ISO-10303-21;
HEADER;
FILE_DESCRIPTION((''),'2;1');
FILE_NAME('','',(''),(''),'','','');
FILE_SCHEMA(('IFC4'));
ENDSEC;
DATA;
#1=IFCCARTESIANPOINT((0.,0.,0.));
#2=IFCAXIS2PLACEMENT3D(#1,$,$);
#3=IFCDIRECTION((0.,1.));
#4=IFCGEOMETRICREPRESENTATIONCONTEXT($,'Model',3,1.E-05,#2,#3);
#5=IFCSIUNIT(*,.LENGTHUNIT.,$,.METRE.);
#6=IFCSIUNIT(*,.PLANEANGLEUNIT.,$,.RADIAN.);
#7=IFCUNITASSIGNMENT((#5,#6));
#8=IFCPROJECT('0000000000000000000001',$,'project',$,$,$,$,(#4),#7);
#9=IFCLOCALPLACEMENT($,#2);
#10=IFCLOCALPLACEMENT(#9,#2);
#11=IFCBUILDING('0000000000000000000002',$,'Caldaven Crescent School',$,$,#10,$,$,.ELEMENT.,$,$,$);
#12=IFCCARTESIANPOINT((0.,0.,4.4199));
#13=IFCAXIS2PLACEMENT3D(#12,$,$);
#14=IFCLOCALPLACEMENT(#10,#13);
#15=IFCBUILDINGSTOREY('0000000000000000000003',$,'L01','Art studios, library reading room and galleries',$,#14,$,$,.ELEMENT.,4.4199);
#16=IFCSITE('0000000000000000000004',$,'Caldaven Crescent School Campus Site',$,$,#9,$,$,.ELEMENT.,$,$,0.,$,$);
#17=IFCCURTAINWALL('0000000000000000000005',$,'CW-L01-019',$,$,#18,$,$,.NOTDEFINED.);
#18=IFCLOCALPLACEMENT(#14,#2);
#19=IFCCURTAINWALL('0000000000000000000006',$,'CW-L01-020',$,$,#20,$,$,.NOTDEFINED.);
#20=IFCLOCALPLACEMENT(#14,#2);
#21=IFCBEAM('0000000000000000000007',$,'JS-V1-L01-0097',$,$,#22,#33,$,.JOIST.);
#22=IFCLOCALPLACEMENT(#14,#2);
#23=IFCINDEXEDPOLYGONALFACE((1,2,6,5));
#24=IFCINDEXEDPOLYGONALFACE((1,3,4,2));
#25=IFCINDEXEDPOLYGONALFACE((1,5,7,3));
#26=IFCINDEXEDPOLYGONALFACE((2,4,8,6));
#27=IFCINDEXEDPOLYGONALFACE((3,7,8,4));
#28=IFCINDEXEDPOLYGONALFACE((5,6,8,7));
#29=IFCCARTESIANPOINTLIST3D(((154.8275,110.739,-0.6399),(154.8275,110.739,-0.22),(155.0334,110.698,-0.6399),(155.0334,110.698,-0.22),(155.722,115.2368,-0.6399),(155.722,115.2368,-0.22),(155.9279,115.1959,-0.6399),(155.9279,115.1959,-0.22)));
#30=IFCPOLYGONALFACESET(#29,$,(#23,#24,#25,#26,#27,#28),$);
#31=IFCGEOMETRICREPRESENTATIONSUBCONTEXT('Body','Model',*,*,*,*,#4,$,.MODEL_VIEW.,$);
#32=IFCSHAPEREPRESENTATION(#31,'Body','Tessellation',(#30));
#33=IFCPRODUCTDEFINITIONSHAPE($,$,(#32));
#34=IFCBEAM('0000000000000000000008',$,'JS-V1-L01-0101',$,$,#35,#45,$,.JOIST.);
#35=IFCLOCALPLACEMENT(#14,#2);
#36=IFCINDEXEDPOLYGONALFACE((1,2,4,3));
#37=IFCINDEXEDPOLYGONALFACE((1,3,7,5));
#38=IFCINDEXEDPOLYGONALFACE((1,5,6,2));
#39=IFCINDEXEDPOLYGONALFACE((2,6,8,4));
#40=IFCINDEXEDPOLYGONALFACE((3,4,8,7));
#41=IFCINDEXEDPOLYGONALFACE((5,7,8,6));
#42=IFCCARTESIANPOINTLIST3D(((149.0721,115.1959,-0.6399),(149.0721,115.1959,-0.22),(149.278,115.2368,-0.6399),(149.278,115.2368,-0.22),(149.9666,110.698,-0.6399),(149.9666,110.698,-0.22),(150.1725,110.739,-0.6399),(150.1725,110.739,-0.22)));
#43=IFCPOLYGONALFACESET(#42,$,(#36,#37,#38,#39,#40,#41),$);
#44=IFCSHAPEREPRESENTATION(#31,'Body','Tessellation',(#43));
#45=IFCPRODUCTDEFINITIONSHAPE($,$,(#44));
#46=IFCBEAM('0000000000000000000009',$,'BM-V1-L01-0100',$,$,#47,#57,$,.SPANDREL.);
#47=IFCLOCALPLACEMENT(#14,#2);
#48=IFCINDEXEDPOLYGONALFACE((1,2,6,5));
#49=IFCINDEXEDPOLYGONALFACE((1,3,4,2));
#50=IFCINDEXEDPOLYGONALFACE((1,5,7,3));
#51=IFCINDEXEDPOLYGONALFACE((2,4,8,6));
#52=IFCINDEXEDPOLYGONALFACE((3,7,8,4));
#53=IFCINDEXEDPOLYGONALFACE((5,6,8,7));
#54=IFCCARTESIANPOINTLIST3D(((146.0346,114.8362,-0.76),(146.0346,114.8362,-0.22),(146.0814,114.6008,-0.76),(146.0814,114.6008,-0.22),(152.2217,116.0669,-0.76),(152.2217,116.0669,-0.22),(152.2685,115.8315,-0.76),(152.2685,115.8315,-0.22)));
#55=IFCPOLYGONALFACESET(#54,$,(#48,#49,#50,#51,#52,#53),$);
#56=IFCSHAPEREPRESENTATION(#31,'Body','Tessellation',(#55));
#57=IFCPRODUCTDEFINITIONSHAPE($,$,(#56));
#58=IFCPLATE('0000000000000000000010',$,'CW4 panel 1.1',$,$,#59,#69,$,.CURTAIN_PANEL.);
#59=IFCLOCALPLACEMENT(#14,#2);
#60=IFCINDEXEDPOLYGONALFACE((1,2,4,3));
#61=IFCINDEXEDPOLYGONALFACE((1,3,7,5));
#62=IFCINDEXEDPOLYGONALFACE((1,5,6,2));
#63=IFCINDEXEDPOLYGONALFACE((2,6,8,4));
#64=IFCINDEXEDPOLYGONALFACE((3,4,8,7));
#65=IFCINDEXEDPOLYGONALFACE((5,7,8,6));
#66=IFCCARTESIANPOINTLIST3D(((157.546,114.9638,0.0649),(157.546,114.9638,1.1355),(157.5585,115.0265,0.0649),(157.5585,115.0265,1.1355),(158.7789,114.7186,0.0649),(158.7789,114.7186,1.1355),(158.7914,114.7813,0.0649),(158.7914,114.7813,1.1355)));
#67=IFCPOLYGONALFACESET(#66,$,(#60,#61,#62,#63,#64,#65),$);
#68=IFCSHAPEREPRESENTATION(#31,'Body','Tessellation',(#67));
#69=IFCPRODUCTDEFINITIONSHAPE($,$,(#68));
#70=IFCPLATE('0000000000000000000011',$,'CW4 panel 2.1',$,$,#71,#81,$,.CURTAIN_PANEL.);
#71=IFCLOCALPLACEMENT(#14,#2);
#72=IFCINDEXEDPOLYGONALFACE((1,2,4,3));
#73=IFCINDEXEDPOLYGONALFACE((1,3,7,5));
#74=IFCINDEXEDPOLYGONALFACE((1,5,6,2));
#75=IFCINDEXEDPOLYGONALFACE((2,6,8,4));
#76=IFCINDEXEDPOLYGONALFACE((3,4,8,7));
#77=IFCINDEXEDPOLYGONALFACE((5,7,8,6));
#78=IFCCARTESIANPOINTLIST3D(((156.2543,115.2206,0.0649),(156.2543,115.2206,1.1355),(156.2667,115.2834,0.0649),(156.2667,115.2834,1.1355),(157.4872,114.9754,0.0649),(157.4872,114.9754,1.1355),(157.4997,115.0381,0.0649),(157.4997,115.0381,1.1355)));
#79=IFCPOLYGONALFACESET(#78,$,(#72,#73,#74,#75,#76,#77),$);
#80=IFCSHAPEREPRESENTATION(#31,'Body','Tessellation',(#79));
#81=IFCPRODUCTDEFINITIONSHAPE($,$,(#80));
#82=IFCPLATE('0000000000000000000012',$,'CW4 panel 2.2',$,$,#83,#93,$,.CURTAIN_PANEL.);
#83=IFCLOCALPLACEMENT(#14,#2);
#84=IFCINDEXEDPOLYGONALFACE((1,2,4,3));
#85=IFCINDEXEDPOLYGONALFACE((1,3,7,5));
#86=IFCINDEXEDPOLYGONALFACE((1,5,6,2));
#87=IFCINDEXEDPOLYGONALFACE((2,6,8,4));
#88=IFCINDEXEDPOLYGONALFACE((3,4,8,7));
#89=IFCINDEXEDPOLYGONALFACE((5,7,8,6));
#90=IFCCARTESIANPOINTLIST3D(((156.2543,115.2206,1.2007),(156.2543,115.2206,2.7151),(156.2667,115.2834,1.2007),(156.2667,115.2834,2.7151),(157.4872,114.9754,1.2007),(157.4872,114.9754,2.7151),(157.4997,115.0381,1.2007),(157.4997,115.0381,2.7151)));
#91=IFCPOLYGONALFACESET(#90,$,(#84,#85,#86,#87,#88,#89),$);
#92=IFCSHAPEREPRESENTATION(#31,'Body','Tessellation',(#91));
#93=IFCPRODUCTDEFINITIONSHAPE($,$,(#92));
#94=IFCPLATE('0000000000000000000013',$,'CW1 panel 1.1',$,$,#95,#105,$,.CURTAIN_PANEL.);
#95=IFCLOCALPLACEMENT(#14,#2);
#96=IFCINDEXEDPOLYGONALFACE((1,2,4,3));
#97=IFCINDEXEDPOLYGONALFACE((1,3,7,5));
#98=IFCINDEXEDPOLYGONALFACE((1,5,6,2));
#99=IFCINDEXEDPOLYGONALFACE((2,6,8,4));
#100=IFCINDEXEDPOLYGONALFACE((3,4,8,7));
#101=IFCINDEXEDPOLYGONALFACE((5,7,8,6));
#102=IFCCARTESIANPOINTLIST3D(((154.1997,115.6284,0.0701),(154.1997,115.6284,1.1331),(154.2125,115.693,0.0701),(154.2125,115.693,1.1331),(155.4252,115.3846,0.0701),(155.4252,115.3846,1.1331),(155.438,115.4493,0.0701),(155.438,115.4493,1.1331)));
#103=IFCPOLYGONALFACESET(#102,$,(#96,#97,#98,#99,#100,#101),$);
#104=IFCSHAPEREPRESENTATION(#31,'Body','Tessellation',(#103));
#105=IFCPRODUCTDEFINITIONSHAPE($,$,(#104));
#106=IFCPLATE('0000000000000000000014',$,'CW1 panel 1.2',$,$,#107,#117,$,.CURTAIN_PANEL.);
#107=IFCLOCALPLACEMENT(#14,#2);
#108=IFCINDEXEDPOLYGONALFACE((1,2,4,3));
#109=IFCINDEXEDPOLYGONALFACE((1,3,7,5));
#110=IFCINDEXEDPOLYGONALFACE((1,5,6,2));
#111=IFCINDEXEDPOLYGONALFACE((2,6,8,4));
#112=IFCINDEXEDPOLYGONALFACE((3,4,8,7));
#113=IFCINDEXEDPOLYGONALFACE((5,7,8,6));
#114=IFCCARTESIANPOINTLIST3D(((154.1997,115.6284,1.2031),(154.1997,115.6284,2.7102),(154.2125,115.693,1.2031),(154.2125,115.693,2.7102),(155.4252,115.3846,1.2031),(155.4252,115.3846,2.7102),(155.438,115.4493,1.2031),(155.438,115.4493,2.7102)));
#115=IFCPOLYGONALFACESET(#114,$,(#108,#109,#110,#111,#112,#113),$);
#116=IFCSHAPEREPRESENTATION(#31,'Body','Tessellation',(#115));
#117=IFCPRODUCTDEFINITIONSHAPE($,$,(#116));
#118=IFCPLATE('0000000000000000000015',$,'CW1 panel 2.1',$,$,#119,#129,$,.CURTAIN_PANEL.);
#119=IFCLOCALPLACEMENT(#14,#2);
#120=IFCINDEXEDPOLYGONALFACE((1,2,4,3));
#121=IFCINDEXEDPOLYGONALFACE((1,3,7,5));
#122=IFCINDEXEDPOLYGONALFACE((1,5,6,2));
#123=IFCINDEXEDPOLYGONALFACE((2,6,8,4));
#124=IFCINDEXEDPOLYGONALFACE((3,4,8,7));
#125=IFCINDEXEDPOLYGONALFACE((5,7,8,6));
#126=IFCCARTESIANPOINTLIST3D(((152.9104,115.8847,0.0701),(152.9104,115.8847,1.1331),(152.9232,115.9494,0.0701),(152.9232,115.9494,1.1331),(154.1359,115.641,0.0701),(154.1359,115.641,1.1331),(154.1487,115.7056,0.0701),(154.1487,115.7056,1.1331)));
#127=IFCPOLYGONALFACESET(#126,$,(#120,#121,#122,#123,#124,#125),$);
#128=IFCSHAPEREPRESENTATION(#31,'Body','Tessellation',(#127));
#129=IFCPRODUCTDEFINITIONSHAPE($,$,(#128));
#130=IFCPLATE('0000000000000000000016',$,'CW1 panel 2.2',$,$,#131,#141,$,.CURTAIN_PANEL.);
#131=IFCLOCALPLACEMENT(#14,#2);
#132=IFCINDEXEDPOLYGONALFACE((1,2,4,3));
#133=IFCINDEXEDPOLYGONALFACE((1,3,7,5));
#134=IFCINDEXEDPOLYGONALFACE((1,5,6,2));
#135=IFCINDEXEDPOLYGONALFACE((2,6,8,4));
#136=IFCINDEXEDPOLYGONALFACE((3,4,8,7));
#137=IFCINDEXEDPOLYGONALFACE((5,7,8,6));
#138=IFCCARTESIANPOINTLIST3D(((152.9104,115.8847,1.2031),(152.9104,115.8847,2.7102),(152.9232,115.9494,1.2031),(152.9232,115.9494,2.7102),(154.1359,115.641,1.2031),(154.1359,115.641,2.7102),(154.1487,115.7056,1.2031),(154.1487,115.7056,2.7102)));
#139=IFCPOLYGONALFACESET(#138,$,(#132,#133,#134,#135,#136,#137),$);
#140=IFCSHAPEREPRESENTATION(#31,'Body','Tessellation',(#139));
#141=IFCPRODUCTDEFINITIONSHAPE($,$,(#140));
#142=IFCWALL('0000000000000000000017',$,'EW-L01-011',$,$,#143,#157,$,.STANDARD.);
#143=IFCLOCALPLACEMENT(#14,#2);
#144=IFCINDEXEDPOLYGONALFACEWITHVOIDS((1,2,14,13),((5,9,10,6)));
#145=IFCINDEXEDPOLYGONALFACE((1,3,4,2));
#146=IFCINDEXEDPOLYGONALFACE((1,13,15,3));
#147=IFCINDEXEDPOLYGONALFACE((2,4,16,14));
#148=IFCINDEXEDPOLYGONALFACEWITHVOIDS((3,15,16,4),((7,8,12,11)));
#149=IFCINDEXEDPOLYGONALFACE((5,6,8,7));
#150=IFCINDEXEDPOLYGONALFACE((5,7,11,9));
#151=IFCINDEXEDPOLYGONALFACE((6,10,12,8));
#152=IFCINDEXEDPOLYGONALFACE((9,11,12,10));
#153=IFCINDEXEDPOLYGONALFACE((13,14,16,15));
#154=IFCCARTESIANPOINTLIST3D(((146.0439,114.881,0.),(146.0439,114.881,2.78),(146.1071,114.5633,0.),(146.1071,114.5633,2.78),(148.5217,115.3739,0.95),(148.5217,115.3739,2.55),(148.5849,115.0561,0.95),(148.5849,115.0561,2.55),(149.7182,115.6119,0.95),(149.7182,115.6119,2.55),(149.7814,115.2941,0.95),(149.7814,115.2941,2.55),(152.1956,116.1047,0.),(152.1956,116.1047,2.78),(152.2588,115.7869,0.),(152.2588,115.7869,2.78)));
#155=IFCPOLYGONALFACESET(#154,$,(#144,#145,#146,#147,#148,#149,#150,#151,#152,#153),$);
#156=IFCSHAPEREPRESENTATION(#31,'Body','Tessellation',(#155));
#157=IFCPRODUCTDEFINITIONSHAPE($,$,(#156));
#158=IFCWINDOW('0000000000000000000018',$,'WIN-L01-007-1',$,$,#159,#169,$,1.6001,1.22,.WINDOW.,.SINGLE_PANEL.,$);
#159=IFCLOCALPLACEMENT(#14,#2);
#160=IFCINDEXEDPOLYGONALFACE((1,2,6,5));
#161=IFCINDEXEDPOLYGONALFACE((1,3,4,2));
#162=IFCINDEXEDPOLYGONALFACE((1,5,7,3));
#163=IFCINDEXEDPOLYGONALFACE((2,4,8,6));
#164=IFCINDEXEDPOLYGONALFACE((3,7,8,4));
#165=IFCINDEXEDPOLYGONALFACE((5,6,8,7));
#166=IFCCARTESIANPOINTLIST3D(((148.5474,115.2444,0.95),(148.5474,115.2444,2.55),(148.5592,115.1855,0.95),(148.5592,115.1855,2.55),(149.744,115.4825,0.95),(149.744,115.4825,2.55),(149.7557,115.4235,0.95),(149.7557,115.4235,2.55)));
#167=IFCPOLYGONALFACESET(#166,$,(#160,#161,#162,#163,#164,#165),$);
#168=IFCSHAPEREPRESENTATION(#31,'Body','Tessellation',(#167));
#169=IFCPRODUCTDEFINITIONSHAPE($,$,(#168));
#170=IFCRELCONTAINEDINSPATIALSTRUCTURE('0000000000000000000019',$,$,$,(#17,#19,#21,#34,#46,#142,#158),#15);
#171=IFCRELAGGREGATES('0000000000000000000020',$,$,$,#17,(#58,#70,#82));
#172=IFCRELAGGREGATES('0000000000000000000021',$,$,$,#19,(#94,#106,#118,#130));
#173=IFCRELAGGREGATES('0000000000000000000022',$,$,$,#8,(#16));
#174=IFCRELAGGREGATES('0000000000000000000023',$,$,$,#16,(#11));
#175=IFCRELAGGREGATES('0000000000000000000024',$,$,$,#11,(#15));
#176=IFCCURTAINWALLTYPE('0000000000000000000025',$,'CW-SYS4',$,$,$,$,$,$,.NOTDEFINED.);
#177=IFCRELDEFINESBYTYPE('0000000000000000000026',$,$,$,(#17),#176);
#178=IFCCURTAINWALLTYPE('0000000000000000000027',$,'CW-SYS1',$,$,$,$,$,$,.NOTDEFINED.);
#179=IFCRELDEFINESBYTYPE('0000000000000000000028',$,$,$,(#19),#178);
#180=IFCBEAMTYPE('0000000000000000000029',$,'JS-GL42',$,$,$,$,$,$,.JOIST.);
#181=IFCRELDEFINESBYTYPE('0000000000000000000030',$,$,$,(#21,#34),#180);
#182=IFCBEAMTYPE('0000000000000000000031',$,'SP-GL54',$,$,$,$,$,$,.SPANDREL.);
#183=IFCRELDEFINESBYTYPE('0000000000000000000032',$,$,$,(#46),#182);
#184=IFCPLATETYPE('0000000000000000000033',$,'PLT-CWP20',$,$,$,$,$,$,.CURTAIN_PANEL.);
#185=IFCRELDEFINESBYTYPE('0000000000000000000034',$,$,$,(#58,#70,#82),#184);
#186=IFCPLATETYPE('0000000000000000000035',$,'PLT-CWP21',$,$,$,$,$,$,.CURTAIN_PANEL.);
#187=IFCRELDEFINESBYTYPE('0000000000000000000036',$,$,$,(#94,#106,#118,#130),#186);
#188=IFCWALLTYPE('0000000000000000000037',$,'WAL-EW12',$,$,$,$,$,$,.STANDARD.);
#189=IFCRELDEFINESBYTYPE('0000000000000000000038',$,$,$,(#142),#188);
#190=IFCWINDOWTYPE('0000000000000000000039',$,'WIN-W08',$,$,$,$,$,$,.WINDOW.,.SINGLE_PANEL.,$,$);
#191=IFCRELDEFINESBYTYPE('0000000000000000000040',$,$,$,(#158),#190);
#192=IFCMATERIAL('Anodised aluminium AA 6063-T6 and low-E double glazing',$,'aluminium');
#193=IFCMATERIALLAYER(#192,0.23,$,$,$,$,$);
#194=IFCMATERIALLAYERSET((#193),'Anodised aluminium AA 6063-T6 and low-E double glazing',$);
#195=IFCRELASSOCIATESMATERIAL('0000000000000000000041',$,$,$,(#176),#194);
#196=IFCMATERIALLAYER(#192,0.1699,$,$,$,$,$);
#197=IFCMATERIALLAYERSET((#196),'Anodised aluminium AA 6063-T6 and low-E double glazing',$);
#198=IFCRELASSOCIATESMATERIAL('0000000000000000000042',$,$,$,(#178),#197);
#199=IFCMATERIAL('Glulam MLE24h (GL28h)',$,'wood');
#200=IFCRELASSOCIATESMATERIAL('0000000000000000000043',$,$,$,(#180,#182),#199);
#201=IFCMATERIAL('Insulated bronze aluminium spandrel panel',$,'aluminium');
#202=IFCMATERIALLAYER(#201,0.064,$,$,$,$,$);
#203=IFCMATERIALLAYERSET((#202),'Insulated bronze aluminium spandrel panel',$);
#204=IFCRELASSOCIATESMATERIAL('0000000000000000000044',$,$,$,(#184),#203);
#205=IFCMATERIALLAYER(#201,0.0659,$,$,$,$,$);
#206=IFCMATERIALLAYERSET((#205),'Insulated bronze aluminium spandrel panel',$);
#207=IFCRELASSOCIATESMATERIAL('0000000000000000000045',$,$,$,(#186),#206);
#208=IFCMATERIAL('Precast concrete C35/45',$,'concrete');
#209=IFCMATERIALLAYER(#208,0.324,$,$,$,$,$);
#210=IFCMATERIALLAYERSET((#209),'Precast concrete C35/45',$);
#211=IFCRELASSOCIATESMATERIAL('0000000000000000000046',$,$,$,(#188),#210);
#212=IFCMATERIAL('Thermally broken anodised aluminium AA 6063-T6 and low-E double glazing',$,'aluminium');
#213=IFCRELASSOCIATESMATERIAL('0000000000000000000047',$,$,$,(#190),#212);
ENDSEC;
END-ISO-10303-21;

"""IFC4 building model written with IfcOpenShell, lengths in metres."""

from ifc_helpers import new_model, si_unit, direction, frame, frame_2d, origin, origin_2d, place, context, subcontext, project, spatial, rectangle, extrude, material, layer, layer_set, material_profile, profile_set, type_object, element, fill, aggregate, save


model = new_model("IFC4")

# Units and contexts
model_context = context("Model", 3, precision=1e-05, world=origin(), true_north=direction((0.0, 1.0)))
body_context = subcontext(model_context, "Body", "Model", "MODEL_VIEW")
ifc_project = project(units=[si_unit("LENGTHUNIT", "METRE"), si_unit("PLANEANGLEUNIT", "RADIAN")], contexts=[model_context])

# Site, building, storey
site_placement = place(None, origin())
site = spatial("IfcSite", under=ifc_project, at=site_placement, Name="Caldaven Crescent School Campus Site", CompositionType="ELEMENT", RefElevation=0.0)
building_placement = place(site_placement, origin())
building = spatial("IfcBuilding", under=site, at=building_placement, Name="Caldaven Crescent School", CompositionType="ELEMENT")
storey_placement = place(building_placement, frame((0.0, 0.0, 4.4199)))
storey = spatial("IfcBuildingStorey", under=building, at=storey_placement, Name="L01", Description="Art studios, library reading room and galleries", CompositionType="ELEMENT", Elevation=4.4199)

# Shared definitions
ifc_material_1 = material(Name="Glulam MLE24h (GL28h)", Category="wood")

# Curtain walls
ifc_material_2 = material(Name="Anodised aluminium AA 6063-T6 and low-E double glazing", Category="aluminium")
ifc_layer_1 = layer(ifc_material_2, 0.23)
ifc_layer_set_1 = layer_set([ifc_layer_1], Name="Anodised aluminium AA 6063-T6 and low-E double glazing")
curtain_wall_type_1 = type_object("IfcCurtainWallType", Name="CW-SYS4", PredefinedType="NOTDEFINED", material=ifc_layer_set_1)
curtain_wall_1_placement = place(storey_placement, origin())
curtain_wall_1 = element("IfcCurtainWall", 1, at=curtain_wall_1_placement, inside=storey, type_object=curtain_wall_type_1, Name="CW-L01-019", PredefinedType="NOTDEFINED")
ifc_layer_2 = layer(ifc_material_2, 0.1699)
ifc_layer_set_2 = layer_set([ifc_layer_2], Name="Anodised aluminium AA 6063-T6 and low-E double glazing")
curtain_wall_type_2 = type_object("IfcCurtainWallType", Name="CW-SYS1", PredefinedType="NOTDEFINED", material=ifc_layer_set_2)
curtain_wall_2_placement = place(storey_placement, origin())
curtain_wall_2 = element("IfcCurtainWall", 2, at=curtain_wall_2_placement, inside=storey, type_object=curtain_wall_type_2, Name="CW-L01-020", PredefinedType="NOTDEFINED")

# Beams
ifc_material_profile_1 = material_profile(ifc_material_1, rectangle(XDim=0.21, YDim=0.4199, at=origin_2d()), Name="MLE 210x420")
ifc_profile_set_1 = profile_set([ifc_material_profile_1], Name="Glulam MLE24h (GL28h)")
beam_type_1 = type_object("IfcBeamType", Name="JS-GL42", PredefinedType="JOIST", material=ifc_profile_set_1)
for number, where, z_axis, x_axis, name in (
    (3, (154.9304, 110.7185, -0.4299), (0.195062, 0.980791, 0.0), (-0.980791, 0.195062, 0.0), "JS-V1-L01-0097"),
    (4, (150.0696, 110.7185, -0.4299), (-0.195062, 0.980791, 0.0), (-0.980791, -0.195062, 0.0), "JS-V1-L01-0101"),
):
    element("IfcBeam", number, at=place(storey_placement, frame(where, z_axis=z_axis, x_axis=x_axis)), inside=storey, type_object=beam_type_1, Name=name, PredefinedType="JOIST", context=body_context, shape_type="SweptSolid", body=[
        extrude(rectangle(XDim=0.21, YDim=0.4199, at=origin_2d()), origin(), (0.0, 0.0, 1.0), 4.5859),
    ])
ifc_material_profile_2 = material_profile(ifc_material_1, rectangle(XDim=0.24, YDim=0.54, at=origin_2d()), Name="MLE 240x540")
ifc_profile_set_2 = profile_set([ifc_material_profile_2], Name="Glulam MLE24h (GL28h)")
beam_type_2 = type_object("IfcBeamType", Name="SP-GL54", PredefinedType="SPANDREL", material=ifc_profile_set_2)
beam_placement = place(storey_placement, frame((152.2451, 115.9492, -0.49), z_axis=(-0.980784, -0.195096, 0.0), x_axis=(0.195096, -0.980784, 0.0)))
element("IfcBeam", 5, at=beam_placement, inside=storey, type_object=beam_type_2, Name="BM-V1-L01-0100", PredefinedType="SPANDREL", context=body_context, shape_type="SweptSolid", body=[
    extrude(rectangle(XDim=0.24, YDim=0.54, at=origin_2d()), origin(), (0.0, 0.0, 1.0), 6.3083),
])

# Plates
ifc_material_3 = material(Name="Insulated bronze aluminium spandrel panel", Category="aluminium")
ifc_layer_3 = layer(ifc_material_3, 0.064)
ifc_layer_set_3 = layer_set([ifc_layer_3], Name="Insulated bronze aluminium spandrel panel")
plate_type_1 = type_object("IfcPlateType", Name="PLT-CWP20", PredefinedType="CURTAIN_PANEL", material=ifc_layer_set_3)
plate_1_placement = place(storey_placement, frame((158.1687, 114.8726, 0.0649), z_axis=(0.0, 0.0, 1.0), x_axis=(-0.980785, 0.19509, 0.0)))
plate_1 = element("IfcPlate", 6, at=plate_1_placement, type_object=plate_type_1, Name="CW4 panel 1.1", PredefinedType="CURTAIN_PANEL", context=body_context, shape_type="SweptSolid", body=[
    extrude(rectangle(XDim=1.2571, YDim=0.064, at=origin_2d()), origin(), (0.0, 0.0, 1.0), 1.0706),
])
plate_2_placement = place(storey_placement, frame((156.877, 115.1294, 0.0649), z_axis=(0.0, 0.0, 1.0), x_axis=(-0.980785, 0.19509, 0.0)))
plate_2 = element("IfcPlate", 7, at=plate_2_placement, type_object=plate_type_1, Name="CW4 panel 2.1", PredefinedType="CURTAIN_PANEL", context=body_context, shape_type="SweptSolid", body=[
    extrude(rectangle(XDim=1.2571, YDim=0.064, at=origin_2d()), origin(), (0.0, 0.0, 1.0), 1.0706),
])
plate_3_placement = place(storey_placement, frame((156.877, 115.1294, 1.2007), z_axis=(0.0, 0.0, 1.0), x_axis=(-0.980785, 0.19509, 0.0)))
plate_3 = element("IfcPlate", 8, at=plate_3_placement, type_object=plate_type_1, Name="CW4 panel 2.2", PredefinedType="CURTAIN_PANEL", context=body_context, shape_type="SweptSolid", body=[
    extrude(rectangle(XDim=1.2571, YDim=0.064, at=origin_2d()), origin(), (0.0, 0.0, 1.0), 1.5144),
])
aggregate(curtain_wall_1, [plate_1, plate_2, plate_3])
ifc_layer_4 = layer(ifc_material_3, 0.0659)
ifc_layer_set_4 = layer_set([ifc_layer_4], Name="Insulated bronze aluminium spandrel panel")
plate_type_2 = type_object("IfcPlateType", Name="PLT-CWP21", PredefinedType="CURTAIN_PANEL", material=ifc_layer_set_4)
plate_4_placement = place(storey_placement, frame((154.8188, 115.5388, 0.0701), z_axis=(0.0, 0.0, 1.0), x_axis=(-0.980785, 0.19509, 0.0)))
plate_4 = element("IfcPlate", 9, at=plate_4_placement, type_object=plate_type_2, Name="CW1 panel 1.1", PredefinedType="CURTAIN_PANEL", context=body_context, shape_type="SweptSolid", body=[
    extrude(rectangle(XDim=1.2495, YDim=0.0659, at=origin_2d()), origin(), (0.0, 0.0, 1.0), 1.063),
])
plate_5_placement = place(storey_placement, frame((154.8188, 115.5388, 1.2031), z_axis=(0.0, 0.0, 1.0), x_axis=(-0.980785, 0.19509, 0.0)))
plate_5 = element("IfcPlate", 10, at=plate_5_placement, type_object=plate_type_2, Name="CW1 panel 1.2", PredefinedType="CURTAIN_PANEL", context=body_context, shape_type="SweptSolid", body=[
    extrude(rectangle(XDim=1.2495, YDim=0.0659, at=origin_2d()), origin(), (0.0, 0.0, 1.0), 1.5071),
])
plate_6_placement = place(storey_placement, frame((153.5295, 115.7952, 0.0701), z_axis=(0.0, 0.0, 1.0), x_axis=(-0.980785, 0.19509, 0.0)))
plate_6 = element("IfcPlate", 11, at=plate_6_placement, type_object=plate_type_2, Name="CW1 panel 2.1", PredefinedType="CURTAIN_PANEL", context=body_context, shape_type="SweptSolid", body=[
    extrude(rectangle(XDim=1.2495, YDim=0.0659, at=origin_2d()), origin(), (0.0, 0.0, 1.0), 1.063),
])
plate_7_placement = place(storey_placement, frame((153.5295, 115.7952, 1.2031), z_axis=(0.0, 0.0, 1.0), x_axis=(-0.980785, 0.19509, 0.0)))
plate_7 = element("IfcPlate", 12, at=plate_7_placement, type_object=plate_type_2, Name="CW1 panel 2.2", PredefinedType="CURTAIN_PANEL", context=body_context, shape_type="SweptSolid", body=[
    extrude(rectangle(XDim=1.2495, YDim=0.0659, at=origin_2d()), origin(), (0.0, 0.0, 1.0), 1.5071),
])
aggregate(curtain_wall_2, [plate_4, plate_5, plate_6, plate_7])

# Wall, opening, window
ifc_material_4 = material(Name="Precast concrete C35/45", Category="concrete")
ifc_layer_5 = layer(ifc_material_4, 0.324)
ifc_layer_set_5 = layer_set([ifc_layer_5], Name="Precast concrete C35/45")
wall_type_1 = type_object("IfcWallType", Name="WAL-EW12", PredefinedType="STANDARD", material=ifc_layer_set_5)
wall_1_placement = place(storey_placement, frame((152.2273, 115.9458, 0.0), z_axis=(0.0, 0.0, 1.0), x_axis=(-0.980785, -0.195091, 0.0)))
wall_1 = element("IfcWall", 13, at=wall_1_placement, inside=storey, type_object=wall_type_1, Name="EW-L01-011", PredefinedType="STANDARD", context=body_context, shape_type="SweptSolid", body=[
    extrude(rectangle(XDim=6.2722, YDim=0.324, at=frame_2d((3.1362, 0.0))), origin(), (0.0, 0.0, 1.0), 2.78),
])
opening_1_placement = place(wall_1_placement, frame((2.5261, 0.0, 0.95)))
opening_1 = element("IfcOpeningElement", 14, at=opening_1_placement, cuts=wall_1, PredefinedType="OPENING", context=body_context, shape_type="SweptSolid", body=[
    extrude(rectangle(XDim=1.22, YDim=1.6001, at=frame_2d((0.6099, 0.8))), frame((0.0, 0.1719, 0.0), z_axis=(0.0, -1.0, 0.0), x_axis=(1.0, 0.0, 0.0)), (0.0, 0.0, 1.0), 0.344),
])
ifc_material_5 = material(Name="Thermally broken anodised aluminium AA 6063-T6 and low-E double glazing", Category="aluminium")
window_type = type_object("IfcWindowType", Name="WIN-W08", PartitioningType="SINGLE_PANEL", PredefinedType="WINDOW", material=ifc_material_5)
window_placement = place(opening_1_placement, origin())
window = element("IfcWindow", 15, at=window_placement, inside=storey, type_object=window_type, Name="WIN-L01-007-1", OverallHeight=1.6001, OverallWidth=1.22, PartitioningType="SINGLE_PANEL", PredefinedType="WINDOW", context=body_context, shape_type="SweptSolid", body=[
    extrude(rectangle(XDim=1.22, YDim=1.6001, at=frame_2d((0.6099, 0.8))), frame((0.0, 0.03, 0.0), z_axis=(0.0, -1.0, 0.0), x_axis=(1.0, 0.0, 0.0)), (0.0, 0.0, 1.0), 0.0601),
])
fill(opening_1, window)

save(model, "model.ifc")
